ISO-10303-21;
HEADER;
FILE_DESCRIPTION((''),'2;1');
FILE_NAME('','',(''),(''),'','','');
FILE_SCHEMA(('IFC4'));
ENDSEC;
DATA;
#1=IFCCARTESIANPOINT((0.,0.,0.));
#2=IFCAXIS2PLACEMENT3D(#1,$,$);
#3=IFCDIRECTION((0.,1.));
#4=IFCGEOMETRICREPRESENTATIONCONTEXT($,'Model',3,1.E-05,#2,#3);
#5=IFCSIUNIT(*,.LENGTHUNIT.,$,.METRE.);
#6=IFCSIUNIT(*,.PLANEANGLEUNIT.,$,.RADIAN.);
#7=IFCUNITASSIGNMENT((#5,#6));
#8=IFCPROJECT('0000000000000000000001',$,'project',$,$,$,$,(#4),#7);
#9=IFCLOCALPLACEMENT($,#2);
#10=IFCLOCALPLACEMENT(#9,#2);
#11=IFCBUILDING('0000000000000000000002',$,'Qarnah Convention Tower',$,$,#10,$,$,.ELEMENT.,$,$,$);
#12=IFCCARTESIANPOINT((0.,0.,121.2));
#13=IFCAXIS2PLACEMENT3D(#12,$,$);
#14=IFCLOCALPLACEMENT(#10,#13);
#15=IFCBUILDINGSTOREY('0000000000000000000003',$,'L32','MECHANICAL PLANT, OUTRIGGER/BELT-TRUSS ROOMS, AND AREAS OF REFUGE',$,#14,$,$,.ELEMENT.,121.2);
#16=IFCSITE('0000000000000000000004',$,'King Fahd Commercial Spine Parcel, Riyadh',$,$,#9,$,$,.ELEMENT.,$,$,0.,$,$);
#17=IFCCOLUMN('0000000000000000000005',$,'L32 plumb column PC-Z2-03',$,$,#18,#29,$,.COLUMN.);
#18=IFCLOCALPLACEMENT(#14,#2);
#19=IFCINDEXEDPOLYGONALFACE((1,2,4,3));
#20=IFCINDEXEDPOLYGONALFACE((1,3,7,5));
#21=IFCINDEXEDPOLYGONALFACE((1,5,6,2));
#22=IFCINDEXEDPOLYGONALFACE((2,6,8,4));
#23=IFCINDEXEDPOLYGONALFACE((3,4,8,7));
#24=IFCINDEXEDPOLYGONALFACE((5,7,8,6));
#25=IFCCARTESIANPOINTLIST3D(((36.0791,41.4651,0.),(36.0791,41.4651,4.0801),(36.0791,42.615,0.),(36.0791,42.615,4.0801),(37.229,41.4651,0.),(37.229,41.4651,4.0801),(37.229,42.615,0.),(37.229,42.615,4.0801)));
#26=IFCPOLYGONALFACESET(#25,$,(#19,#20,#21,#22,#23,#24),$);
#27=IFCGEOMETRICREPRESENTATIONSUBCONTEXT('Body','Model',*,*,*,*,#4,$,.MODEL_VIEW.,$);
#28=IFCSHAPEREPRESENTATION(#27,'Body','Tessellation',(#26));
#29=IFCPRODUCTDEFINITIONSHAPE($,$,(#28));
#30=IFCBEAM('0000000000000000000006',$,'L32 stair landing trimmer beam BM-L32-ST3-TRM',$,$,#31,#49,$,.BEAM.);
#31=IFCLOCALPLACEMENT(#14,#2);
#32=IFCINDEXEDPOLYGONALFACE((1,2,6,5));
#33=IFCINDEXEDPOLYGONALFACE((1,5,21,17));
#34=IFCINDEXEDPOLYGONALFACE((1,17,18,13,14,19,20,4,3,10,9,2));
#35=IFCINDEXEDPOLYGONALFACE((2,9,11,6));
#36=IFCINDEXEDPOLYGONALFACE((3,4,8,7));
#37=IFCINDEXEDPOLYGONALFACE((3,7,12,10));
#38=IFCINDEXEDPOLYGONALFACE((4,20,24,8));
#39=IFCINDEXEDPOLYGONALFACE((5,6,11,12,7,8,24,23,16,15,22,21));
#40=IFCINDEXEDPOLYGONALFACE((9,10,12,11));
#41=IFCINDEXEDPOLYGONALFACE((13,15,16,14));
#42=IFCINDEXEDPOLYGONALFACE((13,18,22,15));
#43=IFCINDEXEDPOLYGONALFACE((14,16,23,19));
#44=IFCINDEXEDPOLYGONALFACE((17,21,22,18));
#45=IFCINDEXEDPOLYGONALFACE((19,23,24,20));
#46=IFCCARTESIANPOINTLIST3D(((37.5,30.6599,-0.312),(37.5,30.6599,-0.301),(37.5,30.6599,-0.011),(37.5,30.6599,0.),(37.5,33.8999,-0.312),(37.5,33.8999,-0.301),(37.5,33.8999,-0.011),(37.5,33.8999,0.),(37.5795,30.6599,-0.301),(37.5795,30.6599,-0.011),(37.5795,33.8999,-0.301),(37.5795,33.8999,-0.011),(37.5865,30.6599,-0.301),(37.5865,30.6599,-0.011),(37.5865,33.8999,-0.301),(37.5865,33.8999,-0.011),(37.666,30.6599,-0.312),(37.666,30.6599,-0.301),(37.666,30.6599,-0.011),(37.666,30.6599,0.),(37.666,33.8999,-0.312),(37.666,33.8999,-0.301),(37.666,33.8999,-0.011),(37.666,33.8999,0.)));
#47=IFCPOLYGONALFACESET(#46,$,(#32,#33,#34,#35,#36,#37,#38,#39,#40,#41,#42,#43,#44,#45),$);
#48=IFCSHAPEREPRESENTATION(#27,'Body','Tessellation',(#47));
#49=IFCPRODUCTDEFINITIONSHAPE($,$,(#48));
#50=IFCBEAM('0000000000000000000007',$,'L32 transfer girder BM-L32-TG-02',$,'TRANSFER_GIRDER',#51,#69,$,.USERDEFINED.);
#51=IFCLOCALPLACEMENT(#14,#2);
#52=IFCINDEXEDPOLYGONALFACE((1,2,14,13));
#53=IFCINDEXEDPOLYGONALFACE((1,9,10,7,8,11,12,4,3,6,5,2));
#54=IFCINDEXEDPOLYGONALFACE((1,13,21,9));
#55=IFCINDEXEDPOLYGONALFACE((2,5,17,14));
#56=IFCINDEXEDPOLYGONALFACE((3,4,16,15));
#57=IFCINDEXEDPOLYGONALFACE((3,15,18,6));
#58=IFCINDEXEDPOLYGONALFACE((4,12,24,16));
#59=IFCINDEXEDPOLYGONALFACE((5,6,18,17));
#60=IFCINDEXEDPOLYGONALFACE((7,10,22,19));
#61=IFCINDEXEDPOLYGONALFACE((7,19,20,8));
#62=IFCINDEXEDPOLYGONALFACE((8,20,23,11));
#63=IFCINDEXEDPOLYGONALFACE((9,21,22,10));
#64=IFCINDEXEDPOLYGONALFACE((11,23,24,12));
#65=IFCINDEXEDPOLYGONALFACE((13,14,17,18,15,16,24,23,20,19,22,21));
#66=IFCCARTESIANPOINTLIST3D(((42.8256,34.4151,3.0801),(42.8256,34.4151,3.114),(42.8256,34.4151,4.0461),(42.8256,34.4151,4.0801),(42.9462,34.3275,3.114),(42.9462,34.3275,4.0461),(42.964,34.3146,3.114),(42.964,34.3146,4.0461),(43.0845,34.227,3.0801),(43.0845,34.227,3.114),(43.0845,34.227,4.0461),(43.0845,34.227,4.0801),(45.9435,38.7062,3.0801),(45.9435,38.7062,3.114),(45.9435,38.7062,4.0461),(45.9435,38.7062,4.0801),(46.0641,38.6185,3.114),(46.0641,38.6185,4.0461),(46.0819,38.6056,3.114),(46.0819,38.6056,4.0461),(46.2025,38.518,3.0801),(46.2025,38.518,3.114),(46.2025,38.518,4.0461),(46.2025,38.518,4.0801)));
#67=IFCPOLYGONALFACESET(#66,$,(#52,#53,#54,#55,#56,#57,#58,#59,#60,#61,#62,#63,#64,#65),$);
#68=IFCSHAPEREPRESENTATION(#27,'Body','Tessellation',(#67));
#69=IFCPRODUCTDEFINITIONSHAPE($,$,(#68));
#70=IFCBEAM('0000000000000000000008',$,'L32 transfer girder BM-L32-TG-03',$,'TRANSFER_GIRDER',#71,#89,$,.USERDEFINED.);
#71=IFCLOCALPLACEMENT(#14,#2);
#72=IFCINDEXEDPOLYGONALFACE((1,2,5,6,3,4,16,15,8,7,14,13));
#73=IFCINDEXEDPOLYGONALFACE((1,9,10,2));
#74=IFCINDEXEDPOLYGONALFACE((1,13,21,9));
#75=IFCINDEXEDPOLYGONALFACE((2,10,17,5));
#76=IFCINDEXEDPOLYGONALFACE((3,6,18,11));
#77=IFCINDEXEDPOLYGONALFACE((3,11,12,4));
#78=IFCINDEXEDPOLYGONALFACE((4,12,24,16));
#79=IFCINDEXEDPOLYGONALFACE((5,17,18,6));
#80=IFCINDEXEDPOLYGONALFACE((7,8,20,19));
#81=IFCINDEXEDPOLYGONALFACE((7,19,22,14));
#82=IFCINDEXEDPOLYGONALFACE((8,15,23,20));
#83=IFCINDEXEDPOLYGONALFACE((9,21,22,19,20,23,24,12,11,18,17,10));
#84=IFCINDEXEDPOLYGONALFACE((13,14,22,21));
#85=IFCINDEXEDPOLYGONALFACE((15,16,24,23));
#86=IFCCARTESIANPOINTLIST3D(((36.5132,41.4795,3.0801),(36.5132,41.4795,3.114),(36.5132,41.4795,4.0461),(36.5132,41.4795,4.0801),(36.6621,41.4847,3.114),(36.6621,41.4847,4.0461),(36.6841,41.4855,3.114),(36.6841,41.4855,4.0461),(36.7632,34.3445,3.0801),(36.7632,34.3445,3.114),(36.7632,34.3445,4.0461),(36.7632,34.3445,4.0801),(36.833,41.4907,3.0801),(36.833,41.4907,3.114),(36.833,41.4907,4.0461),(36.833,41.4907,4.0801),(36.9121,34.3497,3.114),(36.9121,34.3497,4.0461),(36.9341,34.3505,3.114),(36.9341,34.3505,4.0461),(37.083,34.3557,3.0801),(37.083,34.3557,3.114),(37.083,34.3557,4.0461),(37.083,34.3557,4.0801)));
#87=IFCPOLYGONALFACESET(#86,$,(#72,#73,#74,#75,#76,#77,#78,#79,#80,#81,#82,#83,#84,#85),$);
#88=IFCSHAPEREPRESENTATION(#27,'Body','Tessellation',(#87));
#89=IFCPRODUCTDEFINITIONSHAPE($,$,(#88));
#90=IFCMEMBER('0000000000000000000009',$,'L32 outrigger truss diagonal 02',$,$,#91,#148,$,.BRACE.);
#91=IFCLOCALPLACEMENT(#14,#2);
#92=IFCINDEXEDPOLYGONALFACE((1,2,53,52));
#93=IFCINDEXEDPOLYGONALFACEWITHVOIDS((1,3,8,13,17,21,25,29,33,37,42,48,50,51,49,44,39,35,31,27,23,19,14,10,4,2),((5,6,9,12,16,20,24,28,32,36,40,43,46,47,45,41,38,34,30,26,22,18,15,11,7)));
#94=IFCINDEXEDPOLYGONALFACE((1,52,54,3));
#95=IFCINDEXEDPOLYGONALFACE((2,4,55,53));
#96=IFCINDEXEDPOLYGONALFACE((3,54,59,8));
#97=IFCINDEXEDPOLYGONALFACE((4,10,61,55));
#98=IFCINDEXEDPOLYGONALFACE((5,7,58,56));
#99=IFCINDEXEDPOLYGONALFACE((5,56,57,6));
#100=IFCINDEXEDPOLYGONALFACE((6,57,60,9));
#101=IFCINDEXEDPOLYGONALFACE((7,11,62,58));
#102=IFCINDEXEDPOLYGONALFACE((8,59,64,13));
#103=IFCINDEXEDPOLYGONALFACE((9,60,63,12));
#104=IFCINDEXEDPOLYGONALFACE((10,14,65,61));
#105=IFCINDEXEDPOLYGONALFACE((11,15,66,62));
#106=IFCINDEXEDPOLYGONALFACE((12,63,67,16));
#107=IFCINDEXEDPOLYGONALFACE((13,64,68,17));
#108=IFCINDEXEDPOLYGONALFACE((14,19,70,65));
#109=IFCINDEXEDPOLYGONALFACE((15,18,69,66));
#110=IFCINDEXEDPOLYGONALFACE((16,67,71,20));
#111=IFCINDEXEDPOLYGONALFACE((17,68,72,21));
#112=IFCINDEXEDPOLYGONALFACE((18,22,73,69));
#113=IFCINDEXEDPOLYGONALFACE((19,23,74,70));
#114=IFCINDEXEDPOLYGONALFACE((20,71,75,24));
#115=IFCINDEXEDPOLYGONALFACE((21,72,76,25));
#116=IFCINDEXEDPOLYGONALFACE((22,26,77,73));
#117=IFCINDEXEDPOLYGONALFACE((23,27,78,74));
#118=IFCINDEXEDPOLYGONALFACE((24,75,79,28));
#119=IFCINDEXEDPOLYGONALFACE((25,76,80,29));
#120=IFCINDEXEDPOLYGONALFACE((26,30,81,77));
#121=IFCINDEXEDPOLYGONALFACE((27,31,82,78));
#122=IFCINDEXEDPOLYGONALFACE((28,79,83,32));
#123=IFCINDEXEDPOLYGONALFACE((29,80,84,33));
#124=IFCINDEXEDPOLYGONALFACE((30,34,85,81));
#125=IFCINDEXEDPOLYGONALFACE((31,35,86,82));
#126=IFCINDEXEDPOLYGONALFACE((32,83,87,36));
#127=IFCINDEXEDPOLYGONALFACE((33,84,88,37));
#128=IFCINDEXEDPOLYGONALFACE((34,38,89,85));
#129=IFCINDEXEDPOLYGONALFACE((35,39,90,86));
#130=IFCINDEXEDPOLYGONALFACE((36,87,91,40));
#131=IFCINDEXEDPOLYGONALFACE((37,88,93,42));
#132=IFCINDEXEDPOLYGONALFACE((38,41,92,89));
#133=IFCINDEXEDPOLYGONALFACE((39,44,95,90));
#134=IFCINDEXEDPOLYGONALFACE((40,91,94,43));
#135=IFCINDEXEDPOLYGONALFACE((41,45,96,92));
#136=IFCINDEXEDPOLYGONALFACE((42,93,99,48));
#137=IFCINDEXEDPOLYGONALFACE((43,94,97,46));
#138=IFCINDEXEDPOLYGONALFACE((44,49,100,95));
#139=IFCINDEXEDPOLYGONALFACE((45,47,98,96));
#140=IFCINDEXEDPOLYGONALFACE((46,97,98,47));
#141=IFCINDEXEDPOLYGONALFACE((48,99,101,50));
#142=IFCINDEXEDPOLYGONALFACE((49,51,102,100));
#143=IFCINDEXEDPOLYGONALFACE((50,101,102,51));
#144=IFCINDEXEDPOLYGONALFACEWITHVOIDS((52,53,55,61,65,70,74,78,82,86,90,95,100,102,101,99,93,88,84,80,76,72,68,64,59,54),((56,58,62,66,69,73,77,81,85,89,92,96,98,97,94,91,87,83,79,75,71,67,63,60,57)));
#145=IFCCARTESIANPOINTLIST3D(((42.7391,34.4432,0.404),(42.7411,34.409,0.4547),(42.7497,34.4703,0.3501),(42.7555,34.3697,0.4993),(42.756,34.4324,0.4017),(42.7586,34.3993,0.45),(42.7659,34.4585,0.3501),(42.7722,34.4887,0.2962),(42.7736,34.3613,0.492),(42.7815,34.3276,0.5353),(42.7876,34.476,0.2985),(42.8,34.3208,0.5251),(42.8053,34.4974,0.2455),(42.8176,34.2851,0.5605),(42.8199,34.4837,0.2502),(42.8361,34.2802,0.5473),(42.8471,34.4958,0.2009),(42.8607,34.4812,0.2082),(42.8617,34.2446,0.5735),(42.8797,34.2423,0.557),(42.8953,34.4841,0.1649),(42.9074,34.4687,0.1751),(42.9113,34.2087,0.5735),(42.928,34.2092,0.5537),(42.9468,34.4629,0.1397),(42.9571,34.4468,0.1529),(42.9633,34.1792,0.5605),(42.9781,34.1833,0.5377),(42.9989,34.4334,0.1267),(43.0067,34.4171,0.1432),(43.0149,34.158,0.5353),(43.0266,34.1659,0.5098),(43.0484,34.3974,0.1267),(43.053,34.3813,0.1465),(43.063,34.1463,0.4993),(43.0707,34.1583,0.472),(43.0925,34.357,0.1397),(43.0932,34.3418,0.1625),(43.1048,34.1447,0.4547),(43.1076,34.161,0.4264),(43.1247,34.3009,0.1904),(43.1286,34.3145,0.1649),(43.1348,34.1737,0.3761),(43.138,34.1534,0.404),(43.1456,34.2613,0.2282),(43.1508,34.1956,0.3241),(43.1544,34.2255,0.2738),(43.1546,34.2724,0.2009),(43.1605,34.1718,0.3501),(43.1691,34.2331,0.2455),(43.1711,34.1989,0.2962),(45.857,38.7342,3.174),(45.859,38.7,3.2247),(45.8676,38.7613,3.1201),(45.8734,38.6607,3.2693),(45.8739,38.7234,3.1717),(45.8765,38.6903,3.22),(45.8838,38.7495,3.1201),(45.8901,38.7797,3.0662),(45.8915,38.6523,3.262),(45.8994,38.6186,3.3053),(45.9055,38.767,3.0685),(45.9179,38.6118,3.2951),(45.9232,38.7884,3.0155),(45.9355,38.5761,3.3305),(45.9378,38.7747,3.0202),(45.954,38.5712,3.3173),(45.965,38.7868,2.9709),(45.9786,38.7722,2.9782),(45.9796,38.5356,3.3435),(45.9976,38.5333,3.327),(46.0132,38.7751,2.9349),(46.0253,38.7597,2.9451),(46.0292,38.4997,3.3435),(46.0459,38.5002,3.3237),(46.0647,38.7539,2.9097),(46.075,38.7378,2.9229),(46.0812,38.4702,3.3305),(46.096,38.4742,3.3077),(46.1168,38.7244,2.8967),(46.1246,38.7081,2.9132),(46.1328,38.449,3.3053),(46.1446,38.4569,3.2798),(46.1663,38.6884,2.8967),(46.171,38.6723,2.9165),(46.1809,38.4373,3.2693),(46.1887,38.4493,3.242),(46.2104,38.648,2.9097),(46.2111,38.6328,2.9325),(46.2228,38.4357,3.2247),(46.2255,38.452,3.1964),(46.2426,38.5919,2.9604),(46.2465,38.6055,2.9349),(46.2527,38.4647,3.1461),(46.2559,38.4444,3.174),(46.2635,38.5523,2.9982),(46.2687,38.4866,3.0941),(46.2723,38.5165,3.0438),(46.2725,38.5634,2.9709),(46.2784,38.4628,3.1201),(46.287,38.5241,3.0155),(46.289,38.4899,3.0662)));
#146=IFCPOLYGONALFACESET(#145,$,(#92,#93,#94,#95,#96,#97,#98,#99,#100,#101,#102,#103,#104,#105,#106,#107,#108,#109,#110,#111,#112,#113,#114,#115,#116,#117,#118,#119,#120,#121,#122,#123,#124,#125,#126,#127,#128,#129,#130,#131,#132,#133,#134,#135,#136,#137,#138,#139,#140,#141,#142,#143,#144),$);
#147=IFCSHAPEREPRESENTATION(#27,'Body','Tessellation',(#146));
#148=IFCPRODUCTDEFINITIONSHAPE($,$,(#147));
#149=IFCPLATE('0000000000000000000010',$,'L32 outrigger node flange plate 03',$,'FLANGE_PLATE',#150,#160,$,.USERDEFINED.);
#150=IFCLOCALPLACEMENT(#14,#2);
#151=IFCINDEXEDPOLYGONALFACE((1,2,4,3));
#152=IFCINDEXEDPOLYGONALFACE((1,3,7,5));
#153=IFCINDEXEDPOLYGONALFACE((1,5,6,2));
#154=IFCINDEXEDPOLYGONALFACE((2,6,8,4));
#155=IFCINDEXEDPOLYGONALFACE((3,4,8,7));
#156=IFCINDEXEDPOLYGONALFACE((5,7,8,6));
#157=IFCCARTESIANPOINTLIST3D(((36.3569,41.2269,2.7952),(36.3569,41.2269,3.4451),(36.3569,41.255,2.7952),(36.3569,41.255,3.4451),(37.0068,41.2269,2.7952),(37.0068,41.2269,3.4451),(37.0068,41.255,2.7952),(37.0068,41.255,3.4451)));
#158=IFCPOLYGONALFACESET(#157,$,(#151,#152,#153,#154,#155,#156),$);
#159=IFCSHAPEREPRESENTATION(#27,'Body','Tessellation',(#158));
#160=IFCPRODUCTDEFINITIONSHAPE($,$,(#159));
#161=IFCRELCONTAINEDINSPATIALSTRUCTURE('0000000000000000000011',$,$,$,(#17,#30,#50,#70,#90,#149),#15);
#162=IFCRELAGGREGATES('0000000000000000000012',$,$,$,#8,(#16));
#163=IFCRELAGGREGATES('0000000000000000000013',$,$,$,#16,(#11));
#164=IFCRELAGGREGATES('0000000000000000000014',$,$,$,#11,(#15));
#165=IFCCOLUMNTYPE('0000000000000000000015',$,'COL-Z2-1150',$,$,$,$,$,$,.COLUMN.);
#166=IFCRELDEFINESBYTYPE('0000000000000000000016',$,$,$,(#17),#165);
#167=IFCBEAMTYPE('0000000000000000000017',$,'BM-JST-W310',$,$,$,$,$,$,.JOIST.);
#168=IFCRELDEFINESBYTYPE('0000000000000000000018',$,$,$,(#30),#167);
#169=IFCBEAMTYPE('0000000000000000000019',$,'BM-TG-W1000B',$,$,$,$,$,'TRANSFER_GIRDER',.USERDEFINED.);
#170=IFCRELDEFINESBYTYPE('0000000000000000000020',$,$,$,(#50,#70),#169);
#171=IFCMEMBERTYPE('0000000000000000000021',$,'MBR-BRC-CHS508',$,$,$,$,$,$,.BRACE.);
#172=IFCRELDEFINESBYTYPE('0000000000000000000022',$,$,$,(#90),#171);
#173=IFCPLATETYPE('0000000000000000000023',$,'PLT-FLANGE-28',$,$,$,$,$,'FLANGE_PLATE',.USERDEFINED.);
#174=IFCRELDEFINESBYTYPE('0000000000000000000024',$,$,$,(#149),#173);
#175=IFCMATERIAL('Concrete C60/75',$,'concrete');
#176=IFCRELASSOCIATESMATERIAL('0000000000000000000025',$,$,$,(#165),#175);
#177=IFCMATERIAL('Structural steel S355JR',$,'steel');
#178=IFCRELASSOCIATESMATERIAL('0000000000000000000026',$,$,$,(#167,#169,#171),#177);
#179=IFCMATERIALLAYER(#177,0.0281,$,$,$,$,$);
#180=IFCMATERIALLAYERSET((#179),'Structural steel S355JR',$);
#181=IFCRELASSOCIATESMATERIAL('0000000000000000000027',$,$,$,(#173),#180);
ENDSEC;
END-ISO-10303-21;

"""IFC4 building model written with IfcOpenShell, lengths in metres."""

from ifc_helpers import new_model, si_unit, direction, frame, origin, origin_2d, place, context, subcontext, project, spatial, rectangle, hollow_circle, i_section, extrude, material, layer, layer_set, material_profile, profile_set, type_object, element, save


model = new_model("IFC4")

# Units and contexts
model_context = context("Model", 3, precision=1e-05, world=origin(), true_north=direction((0.0, 1.0)))
body_context = subcontext(model_context, "Body", "Model", "MODEL_VIEW")
ifc_project = project(units=[si_unit("LENGTHUNIT", "METRE"), si_unit("PLANEANGLEUNIT", "RADIAN")], contexts=[model_context])

# Site, building, storey
site_placement = place(None, origin())
site = spatial("IfcSite", under=ifc_project, at=site_placement, Name="King Fahd Commercial Spine Parcel, Riyadh", CompositionType="ELEMENT", RefElevation=0.0)
building_placement = place(site_placement, origin())
building = spatial("IfcBuilding", under=site, at=building_placement, Name="Qarnah Convention Tower", CompositionType="ELEMENT")
storey_placement = place(building_placement, frame((0.0, 0.0, 121.2)))
storey = spatial("IfcBuildingStorey", under=building, at=storey_placement, Name="L32", Description="MECHANICAL PLANT, OUTRIGGER/BELT-TRUSS ROOMS, AND AREAS OF REFUGE", CompositionType="ELEMENT", Elevation=121.2)

# Column
ifc_material_1 = material(Name="Concrete C60/75", Category="concrete")
ifc_material_profile_1 = material_profile(ifc_material_1, rectangle(XDim=1.1499, YDim=1.1499, at=origin_2d()), Name="RC-COL-1150X1150")
ifc_profile_set_1 = profile_set([ifc_material_profile_1], Name="Concrete C60/75")
column_type = type_object("IfcColumnType", Name="COL-Z2-1150", PredefinedType="COLUMN", material=ifc_profile_set_1)
column_placement = place(storey_placement, frame((36.6541, 42.04, 0.0), z_axis=(0.0, 0.0, 1.0), x_axis=(1.0, 0.0, 0.0)))
element("IfcColumn", 1, at=column_placement, inside=storey, type_object=column_type, Name="L32 plumb column PC-Z2-03", PredefinedType="COLUMN", context=body_context, shape_type="SweptSolid", body=[
    extrude(rectangle(XDim=1.1499, YDim=1.1499, at=origin_2d()), origin(), (0.0, 0.0, 1.0), 4.0801),
])

# Beams
ifc_material_2 = material(Name="Structural steel S355JR", Category="steel")
ifc_material_profile_2 = material_profile(ifc_material_2, i_section(OverallWidth=0.166, OverallDepth=0.312, WebThickness=0.0071, FlangeThickness=0.011, at=origin_2d()), Name="W310X45")
ifc_profile_set_2 = profile_set([ifc_material_profile_2], Name="Structural steel S355JR")
beam_type_1 = type_object("IfcBeamType", Name="BM-JST-W310", PredefinedType="JOIST", material=ifc_profile_set_2)
beam_1_placement = place(storey_placement, frame((37.583, 30.6599, -0.156), z_axis=(0.0, 1.0, 0.0), x_axis=(-1.0, 0.0, 0.0)))
element("IfcBeam", 2, at=beam_1_placement, inside=storey, type_object=beam_type_1, Name="L32 stair landing trimmer beam BM-L32-ST3-TRM", PredefinedType="BEAM", context=body_context, shape_type="SweptSolid", body=[
    extrude(i_section(OverallWidth=0.166, OverallDepth=0.312, WebThickness=0.0071, FlangeThickness=0.011, at=origin_2d()), origin(), (0.0, 0.0, 1.0), 3.24),
])
ifc_material_profile_3 = material_profile(ifc_material_2, i_section(OverallWidth=0.3201, OverallDepth=1.0, WebThickness=0.022, FlangeThickness=0.0339, at=origin_2d()), Name="W1000X371")
ifc_profile_set_3 = profile_set([ifc_material_profile_3], Name="Structural steel S355JR")
beam_type_2 = type_object("IfcBeamType", Name="BM-TG-W1000B", ElementType="TRANSFER_GIRDER", PredefinedType="USERDEFINED", material=ifc_profile_set_3)
beam_2_placement = place(storey_placement, frame((42.9551, 34.321, 3.5801), z_axis=(0.587824, 0.808989, 0.0), x_axis=(-0.808989, 0.587824, 0.0)))
element("IfcBeam", 3, at=beam_2_placement, inside=storey, type_object=beam_type_2, Name="L32 transfer girder BM-L32-TG-02", ObjectType="TRANSFER_GIRDER", PredefinedType="USERDEFINED", context=body_context, shape_type="SweptSolid", body=[
    extrude(i_section(OverallWidth=0.3201, OverallDepth=1.0, WebThickness=0.022, FlangeThickness=0.0339, at=origin_2d()), origin(), (0.0, 0.0, 1.0), 5.3042),
])
beam_3_placement = place(storey_placement, frame((36.9231, 34.3501, 3.5801), z_axis=(-0.035017, 0.999387, 0.0), x_axis=(-0.999387, -0.035017, 0.0)))
element("IfcBeam", 4, at=beam_3_placement, inside=storey, type_object=beam_type_2, Name="L32 transfer girder BM-L32-TG-03", ObjectType="TRANSFER_GIRDER", PredefinedType="USERDEFINED", context=body_context, shape_type="SweptSolid", body=[
    extrude(i_section(OverallWidth=0.3201, OverallDepth=1.0, WebThickness=0.022, FlangeThickness=0.0339, at=origin_2d()), origin(), (0.0, 0.0, 1.0), 7.1394),
])

# Member
ifc_material_profile_4 = material_profile(ifc_material_2, hollow_circle(Radius=0.2539, WallThickness=0.02, at=origin_2d()), Name="CHS508X20")
ifc_profile_set_4 = profile_set([ifc_material_profile_4], Name="Structural steel S355JR")
member_type = type_object("IfcMemberType", Name="MBR-BRC-CHS508", PredefinedType="BRACE", material=ifc_profile_set_4)
member_placement = place(storey_placement, frame((42.9551, 34.321, 0.3501), z_axis=(0.52105, 0.717092, 0.462911), x_axis=(-0.808989, 0.587824, 0.0)))
element("IfcMember", 5, at=member_placement, inside=storey, type_object=member_type, Name="L32 outrigger truss diagonal 02", PredefinedType="BRACE", context=body_context, shape_type="SweptSolid", body=[
    extrude(hollow_circle(Radius=0.2539, WallThickness=0.02, at=origin_2d()), origin(), (0.0, 0.0, 1.0), 5.9839),
])

# Plate
ifc_layer_1 = layer(ifc_material_2, 0.0281)
ifc_layer_set_1 = layer_set([ifc_layer_1], Name="Structural steel S355JR")
plate_type = type_object("IfcPlateType", Name="PLT-FLANGE-28", ElementType="FLANGE_PLATE", PredefinedType="USERDEFINED", material=ifc_layer_set_1)
plate_placement = place(storey_placement, frame((36.6819, 41.241, 2.7952), z_axis=(0.0, 0.0, 1.0), x_axis=(1.0, 0.0, 0.0)))
element("IfcPlate", 6, at=plate_placement, inside=storey, type_object=plate_type, Name="L32 outrigger node flange plate 03", ObjectType="FLANGE_PLATE", PredefinedType="USERDEFINED", context=body_context, shape_type="SweptSolid", body=[
    extrude(rectangle(XDim=0.6499, YDim=0.0281, at=origin_2d()), origin(), (0.0, 0.0, 1.0), 0.6499),
])

save(model, "model.ifc")
